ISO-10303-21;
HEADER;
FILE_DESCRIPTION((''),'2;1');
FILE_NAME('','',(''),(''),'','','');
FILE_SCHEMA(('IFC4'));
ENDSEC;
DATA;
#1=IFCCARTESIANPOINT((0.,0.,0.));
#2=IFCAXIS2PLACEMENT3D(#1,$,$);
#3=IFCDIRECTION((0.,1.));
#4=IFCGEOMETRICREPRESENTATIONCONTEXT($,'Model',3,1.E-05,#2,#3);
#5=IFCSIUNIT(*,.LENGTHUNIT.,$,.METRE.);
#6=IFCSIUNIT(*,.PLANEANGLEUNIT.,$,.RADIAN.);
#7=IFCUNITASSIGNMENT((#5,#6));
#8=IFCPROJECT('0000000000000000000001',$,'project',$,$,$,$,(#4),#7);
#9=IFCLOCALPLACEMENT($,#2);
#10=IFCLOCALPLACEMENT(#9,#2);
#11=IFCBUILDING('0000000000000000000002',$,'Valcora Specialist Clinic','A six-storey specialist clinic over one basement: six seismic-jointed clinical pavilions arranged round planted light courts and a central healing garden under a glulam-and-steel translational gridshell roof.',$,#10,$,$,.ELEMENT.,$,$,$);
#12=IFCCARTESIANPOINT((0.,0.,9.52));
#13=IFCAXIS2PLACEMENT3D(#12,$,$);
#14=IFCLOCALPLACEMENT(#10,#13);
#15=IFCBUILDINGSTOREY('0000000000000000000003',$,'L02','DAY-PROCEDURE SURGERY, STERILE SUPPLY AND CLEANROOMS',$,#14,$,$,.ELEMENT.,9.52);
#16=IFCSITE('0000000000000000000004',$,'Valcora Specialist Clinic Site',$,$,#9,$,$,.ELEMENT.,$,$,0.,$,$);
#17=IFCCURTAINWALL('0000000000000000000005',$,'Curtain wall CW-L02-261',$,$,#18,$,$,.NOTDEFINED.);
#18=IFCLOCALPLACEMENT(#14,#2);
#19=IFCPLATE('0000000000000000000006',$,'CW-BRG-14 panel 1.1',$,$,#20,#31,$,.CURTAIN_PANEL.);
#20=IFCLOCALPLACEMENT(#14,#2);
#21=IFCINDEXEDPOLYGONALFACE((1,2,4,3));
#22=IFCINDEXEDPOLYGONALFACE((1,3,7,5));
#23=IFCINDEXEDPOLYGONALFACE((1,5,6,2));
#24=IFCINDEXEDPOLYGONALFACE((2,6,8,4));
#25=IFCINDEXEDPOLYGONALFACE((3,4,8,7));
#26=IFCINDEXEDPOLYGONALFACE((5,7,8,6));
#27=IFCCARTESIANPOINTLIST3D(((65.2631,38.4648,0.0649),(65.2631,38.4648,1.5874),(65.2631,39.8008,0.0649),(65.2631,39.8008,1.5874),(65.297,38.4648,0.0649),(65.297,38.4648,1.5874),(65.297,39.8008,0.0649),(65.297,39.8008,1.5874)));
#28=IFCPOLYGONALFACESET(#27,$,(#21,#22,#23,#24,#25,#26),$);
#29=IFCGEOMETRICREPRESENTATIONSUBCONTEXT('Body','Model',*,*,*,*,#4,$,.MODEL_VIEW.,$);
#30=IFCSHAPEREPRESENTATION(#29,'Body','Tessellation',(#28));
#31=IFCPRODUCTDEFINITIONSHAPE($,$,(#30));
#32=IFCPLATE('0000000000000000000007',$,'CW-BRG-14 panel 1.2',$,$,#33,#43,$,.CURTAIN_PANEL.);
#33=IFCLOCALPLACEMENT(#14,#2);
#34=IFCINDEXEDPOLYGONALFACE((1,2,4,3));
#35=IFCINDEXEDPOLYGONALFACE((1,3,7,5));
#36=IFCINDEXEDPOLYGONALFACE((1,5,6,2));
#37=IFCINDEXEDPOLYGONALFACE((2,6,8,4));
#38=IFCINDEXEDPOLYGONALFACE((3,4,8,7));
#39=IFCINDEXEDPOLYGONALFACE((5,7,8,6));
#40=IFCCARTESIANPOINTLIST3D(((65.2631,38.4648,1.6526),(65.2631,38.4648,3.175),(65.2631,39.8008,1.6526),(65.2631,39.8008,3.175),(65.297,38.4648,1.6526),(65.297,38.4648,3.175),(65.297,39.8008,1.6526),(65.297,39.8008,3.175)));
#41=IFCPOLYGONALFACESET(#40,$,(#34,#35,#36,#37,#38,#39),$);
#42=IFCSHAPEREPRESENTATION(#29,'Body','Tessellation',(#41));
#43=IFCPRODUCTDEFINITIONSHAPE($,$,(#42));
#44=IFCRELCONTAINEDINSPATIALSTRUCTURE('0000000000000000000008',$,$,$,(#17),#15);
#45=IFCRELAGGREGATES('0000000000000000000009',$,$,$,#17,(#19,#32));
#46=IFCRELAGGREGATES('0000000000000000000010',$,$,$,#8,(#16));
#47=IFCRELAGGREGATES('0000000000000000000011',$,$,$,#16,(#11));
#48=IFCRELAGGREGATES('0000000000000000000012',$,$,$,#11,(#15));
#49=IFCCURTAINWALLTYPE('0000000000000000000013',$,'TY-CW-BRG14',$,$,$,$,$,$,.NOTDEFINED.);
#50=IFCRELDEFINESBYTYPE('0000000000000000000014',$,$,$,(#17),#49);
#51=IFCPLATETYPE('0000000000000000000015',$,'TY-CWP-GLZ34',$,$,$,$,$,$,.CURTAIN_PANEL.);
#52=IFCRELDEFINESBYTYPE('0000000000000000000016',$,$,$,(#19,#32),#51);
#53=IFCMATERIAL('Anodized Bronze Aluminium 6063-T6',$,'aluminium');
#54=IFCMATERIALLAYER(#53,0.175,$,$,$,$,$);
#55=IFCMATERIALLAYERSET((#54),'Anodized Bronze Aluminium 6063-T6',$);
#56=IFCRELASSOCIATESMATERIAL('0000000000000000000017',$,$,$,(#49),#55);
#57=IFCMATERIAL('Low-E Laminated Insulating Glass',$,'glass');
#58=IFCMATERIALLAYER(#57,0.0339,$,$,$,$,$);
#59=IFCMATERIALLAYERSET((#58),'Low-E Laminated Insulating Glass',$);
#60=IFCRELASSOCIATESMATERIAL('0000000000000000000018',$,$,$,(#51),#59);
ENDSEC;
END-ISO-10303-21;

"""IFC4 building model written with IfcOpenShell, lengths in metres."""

from ifc_helpers import new_model, si_unit, direction, frame, origin, origin_2d, place, context, subcontext, project, spatial, rectangle, extrude, material, layer, layer_set, type_object, element, aggregate, save


model = new_model("IFC4")

# Units and contexts
model_context = context("Model", 3, precision=1e-05, world=origin(), true_north=direction((0.0, 1.0)))
body_context = subcontext(model_context, "Body", "Model", "MODEL_VIEW")
ifc_project = project(units=[si_unit("LENGTHUNIT", "METRE"), si_unit("PLANEANGLEUNIT", "RADIAN")], contexts=[model_context])

# Site, building, storey
site_placement = place(None, origin())
site = spatial("IfcSite", under=ifc_project, at=site_placement, Name="Valcora Specialist Clinic Site", CompositionType="ELEMENT", RefElevation=0.0)
building_placement = place(site_placement, origin())
building = spatial("IfcBuilding", under=site, at=building_placement, Name="Valcora Specialist Clinic", Description="A six-storey specialist clinic over one basement: six seismic-jointed clinical pavilions arranged round planted light courts and a central healing garden under a glulam-and-steel translational gridshell roof.", CompositionType="ELEMENT")
storey_placement = place(building_placement, frame((0.0, 0.0, 9.52)))
storey = spatial("IfcBuildingStorey", under=building, at=storey_placement, Name="L02", Description="DAY-PROCEDURE SURGERY, STERILE SUPPLY AND CLEANROOMS", CompositionType="ELEMENT", Elevation=9.52)

# Shared definitions
ifc_material_1 = material(Name="Anodized Bronze Aluminium 6063-T6", Category="aluminium")
ifc_layer_1 = layer(ifc_material_1, 0.175)
ifc_layer_set_1 = layer_set([ifc_layer_1], Name="Anodized Bronze Aluminium 6063-T6")
curtain_wall_type = type_object("IfcCurtainWallType", Name="TY-CW-BRG14", PredefinedType="NOTDEFINED", material=ifc_layer_set_1)

# Curtain wall
curtain_wall_1_placement = place(storey_placement, origin())
curtain_wall_1 = element("IfcCurtainWall", 1, at=curtain_wall_1_placement, inside=storey, type_object=curtain_wall_type, Name="Curtain wall CW-L02-261", PredefinedType="NOTDEFINED")

# Plates
ifc_material_2 = material(Name="Low-E Laminated Insulating Glass", Category="glass")
ifc_layer_2 = layer(ifc_material_2, 0.0339)
ifc_layer_set_2 = layer_set([ifc_layer_2], Name="Low-E Laminated Insulating Glass")
plate_type_1 = type_object("IfcPlateType", Name="TY-CWP-GLZ34", PredefinedType="CURTAIN_PANEL", material=ifc_layer_set_2)
plate_1_placement = place(storey_placement, frame((65.28, 39.1328, 0.0649), z_axis=(0.0, 0.0, 1.0), x_axis=(0.0, 1.0, 0.0)))
plate_1 = element("IfcPlate", 2, at=plate_1_placement, type_object=plate_type_1, Name="CW-BRG-14 panel 1.1", PredefinedType="CURTAIN_PANEL", context=body_context, shape_type="SweptSolid", body=[
    extrude(rectangle(XDim=1.3359, YDim=0.0339, at=origin_2d()), origin(), (0.0, 0.0, 1.0), 1.5225),
])
plate_2_placement = place(storey_placement, frame((65.28, 39.1328, 1.6526), z_axis=(0.0, 0.0, 1.0), x_axis=(0.0, 1.0, 0.0)))
plate_2 = element("IfcPlate", 3, at=plate_2_placement, type_object=plate_type_1, Name="CW-BRG-14 panel 1.2", PredefinedType="CURTAIN_PANEL", context=body_context, shape_type="SweptSolid", body=[
    extrude(rectangle(XDim=1.3359, YDim=0.0339, at=origin_2d()), origin(), (0.0, 0.0, 1.0), 1.5225),
])
aggregate(curtain_wall_1, [plate_1, plate_2])

save(model, "model.ifc")
